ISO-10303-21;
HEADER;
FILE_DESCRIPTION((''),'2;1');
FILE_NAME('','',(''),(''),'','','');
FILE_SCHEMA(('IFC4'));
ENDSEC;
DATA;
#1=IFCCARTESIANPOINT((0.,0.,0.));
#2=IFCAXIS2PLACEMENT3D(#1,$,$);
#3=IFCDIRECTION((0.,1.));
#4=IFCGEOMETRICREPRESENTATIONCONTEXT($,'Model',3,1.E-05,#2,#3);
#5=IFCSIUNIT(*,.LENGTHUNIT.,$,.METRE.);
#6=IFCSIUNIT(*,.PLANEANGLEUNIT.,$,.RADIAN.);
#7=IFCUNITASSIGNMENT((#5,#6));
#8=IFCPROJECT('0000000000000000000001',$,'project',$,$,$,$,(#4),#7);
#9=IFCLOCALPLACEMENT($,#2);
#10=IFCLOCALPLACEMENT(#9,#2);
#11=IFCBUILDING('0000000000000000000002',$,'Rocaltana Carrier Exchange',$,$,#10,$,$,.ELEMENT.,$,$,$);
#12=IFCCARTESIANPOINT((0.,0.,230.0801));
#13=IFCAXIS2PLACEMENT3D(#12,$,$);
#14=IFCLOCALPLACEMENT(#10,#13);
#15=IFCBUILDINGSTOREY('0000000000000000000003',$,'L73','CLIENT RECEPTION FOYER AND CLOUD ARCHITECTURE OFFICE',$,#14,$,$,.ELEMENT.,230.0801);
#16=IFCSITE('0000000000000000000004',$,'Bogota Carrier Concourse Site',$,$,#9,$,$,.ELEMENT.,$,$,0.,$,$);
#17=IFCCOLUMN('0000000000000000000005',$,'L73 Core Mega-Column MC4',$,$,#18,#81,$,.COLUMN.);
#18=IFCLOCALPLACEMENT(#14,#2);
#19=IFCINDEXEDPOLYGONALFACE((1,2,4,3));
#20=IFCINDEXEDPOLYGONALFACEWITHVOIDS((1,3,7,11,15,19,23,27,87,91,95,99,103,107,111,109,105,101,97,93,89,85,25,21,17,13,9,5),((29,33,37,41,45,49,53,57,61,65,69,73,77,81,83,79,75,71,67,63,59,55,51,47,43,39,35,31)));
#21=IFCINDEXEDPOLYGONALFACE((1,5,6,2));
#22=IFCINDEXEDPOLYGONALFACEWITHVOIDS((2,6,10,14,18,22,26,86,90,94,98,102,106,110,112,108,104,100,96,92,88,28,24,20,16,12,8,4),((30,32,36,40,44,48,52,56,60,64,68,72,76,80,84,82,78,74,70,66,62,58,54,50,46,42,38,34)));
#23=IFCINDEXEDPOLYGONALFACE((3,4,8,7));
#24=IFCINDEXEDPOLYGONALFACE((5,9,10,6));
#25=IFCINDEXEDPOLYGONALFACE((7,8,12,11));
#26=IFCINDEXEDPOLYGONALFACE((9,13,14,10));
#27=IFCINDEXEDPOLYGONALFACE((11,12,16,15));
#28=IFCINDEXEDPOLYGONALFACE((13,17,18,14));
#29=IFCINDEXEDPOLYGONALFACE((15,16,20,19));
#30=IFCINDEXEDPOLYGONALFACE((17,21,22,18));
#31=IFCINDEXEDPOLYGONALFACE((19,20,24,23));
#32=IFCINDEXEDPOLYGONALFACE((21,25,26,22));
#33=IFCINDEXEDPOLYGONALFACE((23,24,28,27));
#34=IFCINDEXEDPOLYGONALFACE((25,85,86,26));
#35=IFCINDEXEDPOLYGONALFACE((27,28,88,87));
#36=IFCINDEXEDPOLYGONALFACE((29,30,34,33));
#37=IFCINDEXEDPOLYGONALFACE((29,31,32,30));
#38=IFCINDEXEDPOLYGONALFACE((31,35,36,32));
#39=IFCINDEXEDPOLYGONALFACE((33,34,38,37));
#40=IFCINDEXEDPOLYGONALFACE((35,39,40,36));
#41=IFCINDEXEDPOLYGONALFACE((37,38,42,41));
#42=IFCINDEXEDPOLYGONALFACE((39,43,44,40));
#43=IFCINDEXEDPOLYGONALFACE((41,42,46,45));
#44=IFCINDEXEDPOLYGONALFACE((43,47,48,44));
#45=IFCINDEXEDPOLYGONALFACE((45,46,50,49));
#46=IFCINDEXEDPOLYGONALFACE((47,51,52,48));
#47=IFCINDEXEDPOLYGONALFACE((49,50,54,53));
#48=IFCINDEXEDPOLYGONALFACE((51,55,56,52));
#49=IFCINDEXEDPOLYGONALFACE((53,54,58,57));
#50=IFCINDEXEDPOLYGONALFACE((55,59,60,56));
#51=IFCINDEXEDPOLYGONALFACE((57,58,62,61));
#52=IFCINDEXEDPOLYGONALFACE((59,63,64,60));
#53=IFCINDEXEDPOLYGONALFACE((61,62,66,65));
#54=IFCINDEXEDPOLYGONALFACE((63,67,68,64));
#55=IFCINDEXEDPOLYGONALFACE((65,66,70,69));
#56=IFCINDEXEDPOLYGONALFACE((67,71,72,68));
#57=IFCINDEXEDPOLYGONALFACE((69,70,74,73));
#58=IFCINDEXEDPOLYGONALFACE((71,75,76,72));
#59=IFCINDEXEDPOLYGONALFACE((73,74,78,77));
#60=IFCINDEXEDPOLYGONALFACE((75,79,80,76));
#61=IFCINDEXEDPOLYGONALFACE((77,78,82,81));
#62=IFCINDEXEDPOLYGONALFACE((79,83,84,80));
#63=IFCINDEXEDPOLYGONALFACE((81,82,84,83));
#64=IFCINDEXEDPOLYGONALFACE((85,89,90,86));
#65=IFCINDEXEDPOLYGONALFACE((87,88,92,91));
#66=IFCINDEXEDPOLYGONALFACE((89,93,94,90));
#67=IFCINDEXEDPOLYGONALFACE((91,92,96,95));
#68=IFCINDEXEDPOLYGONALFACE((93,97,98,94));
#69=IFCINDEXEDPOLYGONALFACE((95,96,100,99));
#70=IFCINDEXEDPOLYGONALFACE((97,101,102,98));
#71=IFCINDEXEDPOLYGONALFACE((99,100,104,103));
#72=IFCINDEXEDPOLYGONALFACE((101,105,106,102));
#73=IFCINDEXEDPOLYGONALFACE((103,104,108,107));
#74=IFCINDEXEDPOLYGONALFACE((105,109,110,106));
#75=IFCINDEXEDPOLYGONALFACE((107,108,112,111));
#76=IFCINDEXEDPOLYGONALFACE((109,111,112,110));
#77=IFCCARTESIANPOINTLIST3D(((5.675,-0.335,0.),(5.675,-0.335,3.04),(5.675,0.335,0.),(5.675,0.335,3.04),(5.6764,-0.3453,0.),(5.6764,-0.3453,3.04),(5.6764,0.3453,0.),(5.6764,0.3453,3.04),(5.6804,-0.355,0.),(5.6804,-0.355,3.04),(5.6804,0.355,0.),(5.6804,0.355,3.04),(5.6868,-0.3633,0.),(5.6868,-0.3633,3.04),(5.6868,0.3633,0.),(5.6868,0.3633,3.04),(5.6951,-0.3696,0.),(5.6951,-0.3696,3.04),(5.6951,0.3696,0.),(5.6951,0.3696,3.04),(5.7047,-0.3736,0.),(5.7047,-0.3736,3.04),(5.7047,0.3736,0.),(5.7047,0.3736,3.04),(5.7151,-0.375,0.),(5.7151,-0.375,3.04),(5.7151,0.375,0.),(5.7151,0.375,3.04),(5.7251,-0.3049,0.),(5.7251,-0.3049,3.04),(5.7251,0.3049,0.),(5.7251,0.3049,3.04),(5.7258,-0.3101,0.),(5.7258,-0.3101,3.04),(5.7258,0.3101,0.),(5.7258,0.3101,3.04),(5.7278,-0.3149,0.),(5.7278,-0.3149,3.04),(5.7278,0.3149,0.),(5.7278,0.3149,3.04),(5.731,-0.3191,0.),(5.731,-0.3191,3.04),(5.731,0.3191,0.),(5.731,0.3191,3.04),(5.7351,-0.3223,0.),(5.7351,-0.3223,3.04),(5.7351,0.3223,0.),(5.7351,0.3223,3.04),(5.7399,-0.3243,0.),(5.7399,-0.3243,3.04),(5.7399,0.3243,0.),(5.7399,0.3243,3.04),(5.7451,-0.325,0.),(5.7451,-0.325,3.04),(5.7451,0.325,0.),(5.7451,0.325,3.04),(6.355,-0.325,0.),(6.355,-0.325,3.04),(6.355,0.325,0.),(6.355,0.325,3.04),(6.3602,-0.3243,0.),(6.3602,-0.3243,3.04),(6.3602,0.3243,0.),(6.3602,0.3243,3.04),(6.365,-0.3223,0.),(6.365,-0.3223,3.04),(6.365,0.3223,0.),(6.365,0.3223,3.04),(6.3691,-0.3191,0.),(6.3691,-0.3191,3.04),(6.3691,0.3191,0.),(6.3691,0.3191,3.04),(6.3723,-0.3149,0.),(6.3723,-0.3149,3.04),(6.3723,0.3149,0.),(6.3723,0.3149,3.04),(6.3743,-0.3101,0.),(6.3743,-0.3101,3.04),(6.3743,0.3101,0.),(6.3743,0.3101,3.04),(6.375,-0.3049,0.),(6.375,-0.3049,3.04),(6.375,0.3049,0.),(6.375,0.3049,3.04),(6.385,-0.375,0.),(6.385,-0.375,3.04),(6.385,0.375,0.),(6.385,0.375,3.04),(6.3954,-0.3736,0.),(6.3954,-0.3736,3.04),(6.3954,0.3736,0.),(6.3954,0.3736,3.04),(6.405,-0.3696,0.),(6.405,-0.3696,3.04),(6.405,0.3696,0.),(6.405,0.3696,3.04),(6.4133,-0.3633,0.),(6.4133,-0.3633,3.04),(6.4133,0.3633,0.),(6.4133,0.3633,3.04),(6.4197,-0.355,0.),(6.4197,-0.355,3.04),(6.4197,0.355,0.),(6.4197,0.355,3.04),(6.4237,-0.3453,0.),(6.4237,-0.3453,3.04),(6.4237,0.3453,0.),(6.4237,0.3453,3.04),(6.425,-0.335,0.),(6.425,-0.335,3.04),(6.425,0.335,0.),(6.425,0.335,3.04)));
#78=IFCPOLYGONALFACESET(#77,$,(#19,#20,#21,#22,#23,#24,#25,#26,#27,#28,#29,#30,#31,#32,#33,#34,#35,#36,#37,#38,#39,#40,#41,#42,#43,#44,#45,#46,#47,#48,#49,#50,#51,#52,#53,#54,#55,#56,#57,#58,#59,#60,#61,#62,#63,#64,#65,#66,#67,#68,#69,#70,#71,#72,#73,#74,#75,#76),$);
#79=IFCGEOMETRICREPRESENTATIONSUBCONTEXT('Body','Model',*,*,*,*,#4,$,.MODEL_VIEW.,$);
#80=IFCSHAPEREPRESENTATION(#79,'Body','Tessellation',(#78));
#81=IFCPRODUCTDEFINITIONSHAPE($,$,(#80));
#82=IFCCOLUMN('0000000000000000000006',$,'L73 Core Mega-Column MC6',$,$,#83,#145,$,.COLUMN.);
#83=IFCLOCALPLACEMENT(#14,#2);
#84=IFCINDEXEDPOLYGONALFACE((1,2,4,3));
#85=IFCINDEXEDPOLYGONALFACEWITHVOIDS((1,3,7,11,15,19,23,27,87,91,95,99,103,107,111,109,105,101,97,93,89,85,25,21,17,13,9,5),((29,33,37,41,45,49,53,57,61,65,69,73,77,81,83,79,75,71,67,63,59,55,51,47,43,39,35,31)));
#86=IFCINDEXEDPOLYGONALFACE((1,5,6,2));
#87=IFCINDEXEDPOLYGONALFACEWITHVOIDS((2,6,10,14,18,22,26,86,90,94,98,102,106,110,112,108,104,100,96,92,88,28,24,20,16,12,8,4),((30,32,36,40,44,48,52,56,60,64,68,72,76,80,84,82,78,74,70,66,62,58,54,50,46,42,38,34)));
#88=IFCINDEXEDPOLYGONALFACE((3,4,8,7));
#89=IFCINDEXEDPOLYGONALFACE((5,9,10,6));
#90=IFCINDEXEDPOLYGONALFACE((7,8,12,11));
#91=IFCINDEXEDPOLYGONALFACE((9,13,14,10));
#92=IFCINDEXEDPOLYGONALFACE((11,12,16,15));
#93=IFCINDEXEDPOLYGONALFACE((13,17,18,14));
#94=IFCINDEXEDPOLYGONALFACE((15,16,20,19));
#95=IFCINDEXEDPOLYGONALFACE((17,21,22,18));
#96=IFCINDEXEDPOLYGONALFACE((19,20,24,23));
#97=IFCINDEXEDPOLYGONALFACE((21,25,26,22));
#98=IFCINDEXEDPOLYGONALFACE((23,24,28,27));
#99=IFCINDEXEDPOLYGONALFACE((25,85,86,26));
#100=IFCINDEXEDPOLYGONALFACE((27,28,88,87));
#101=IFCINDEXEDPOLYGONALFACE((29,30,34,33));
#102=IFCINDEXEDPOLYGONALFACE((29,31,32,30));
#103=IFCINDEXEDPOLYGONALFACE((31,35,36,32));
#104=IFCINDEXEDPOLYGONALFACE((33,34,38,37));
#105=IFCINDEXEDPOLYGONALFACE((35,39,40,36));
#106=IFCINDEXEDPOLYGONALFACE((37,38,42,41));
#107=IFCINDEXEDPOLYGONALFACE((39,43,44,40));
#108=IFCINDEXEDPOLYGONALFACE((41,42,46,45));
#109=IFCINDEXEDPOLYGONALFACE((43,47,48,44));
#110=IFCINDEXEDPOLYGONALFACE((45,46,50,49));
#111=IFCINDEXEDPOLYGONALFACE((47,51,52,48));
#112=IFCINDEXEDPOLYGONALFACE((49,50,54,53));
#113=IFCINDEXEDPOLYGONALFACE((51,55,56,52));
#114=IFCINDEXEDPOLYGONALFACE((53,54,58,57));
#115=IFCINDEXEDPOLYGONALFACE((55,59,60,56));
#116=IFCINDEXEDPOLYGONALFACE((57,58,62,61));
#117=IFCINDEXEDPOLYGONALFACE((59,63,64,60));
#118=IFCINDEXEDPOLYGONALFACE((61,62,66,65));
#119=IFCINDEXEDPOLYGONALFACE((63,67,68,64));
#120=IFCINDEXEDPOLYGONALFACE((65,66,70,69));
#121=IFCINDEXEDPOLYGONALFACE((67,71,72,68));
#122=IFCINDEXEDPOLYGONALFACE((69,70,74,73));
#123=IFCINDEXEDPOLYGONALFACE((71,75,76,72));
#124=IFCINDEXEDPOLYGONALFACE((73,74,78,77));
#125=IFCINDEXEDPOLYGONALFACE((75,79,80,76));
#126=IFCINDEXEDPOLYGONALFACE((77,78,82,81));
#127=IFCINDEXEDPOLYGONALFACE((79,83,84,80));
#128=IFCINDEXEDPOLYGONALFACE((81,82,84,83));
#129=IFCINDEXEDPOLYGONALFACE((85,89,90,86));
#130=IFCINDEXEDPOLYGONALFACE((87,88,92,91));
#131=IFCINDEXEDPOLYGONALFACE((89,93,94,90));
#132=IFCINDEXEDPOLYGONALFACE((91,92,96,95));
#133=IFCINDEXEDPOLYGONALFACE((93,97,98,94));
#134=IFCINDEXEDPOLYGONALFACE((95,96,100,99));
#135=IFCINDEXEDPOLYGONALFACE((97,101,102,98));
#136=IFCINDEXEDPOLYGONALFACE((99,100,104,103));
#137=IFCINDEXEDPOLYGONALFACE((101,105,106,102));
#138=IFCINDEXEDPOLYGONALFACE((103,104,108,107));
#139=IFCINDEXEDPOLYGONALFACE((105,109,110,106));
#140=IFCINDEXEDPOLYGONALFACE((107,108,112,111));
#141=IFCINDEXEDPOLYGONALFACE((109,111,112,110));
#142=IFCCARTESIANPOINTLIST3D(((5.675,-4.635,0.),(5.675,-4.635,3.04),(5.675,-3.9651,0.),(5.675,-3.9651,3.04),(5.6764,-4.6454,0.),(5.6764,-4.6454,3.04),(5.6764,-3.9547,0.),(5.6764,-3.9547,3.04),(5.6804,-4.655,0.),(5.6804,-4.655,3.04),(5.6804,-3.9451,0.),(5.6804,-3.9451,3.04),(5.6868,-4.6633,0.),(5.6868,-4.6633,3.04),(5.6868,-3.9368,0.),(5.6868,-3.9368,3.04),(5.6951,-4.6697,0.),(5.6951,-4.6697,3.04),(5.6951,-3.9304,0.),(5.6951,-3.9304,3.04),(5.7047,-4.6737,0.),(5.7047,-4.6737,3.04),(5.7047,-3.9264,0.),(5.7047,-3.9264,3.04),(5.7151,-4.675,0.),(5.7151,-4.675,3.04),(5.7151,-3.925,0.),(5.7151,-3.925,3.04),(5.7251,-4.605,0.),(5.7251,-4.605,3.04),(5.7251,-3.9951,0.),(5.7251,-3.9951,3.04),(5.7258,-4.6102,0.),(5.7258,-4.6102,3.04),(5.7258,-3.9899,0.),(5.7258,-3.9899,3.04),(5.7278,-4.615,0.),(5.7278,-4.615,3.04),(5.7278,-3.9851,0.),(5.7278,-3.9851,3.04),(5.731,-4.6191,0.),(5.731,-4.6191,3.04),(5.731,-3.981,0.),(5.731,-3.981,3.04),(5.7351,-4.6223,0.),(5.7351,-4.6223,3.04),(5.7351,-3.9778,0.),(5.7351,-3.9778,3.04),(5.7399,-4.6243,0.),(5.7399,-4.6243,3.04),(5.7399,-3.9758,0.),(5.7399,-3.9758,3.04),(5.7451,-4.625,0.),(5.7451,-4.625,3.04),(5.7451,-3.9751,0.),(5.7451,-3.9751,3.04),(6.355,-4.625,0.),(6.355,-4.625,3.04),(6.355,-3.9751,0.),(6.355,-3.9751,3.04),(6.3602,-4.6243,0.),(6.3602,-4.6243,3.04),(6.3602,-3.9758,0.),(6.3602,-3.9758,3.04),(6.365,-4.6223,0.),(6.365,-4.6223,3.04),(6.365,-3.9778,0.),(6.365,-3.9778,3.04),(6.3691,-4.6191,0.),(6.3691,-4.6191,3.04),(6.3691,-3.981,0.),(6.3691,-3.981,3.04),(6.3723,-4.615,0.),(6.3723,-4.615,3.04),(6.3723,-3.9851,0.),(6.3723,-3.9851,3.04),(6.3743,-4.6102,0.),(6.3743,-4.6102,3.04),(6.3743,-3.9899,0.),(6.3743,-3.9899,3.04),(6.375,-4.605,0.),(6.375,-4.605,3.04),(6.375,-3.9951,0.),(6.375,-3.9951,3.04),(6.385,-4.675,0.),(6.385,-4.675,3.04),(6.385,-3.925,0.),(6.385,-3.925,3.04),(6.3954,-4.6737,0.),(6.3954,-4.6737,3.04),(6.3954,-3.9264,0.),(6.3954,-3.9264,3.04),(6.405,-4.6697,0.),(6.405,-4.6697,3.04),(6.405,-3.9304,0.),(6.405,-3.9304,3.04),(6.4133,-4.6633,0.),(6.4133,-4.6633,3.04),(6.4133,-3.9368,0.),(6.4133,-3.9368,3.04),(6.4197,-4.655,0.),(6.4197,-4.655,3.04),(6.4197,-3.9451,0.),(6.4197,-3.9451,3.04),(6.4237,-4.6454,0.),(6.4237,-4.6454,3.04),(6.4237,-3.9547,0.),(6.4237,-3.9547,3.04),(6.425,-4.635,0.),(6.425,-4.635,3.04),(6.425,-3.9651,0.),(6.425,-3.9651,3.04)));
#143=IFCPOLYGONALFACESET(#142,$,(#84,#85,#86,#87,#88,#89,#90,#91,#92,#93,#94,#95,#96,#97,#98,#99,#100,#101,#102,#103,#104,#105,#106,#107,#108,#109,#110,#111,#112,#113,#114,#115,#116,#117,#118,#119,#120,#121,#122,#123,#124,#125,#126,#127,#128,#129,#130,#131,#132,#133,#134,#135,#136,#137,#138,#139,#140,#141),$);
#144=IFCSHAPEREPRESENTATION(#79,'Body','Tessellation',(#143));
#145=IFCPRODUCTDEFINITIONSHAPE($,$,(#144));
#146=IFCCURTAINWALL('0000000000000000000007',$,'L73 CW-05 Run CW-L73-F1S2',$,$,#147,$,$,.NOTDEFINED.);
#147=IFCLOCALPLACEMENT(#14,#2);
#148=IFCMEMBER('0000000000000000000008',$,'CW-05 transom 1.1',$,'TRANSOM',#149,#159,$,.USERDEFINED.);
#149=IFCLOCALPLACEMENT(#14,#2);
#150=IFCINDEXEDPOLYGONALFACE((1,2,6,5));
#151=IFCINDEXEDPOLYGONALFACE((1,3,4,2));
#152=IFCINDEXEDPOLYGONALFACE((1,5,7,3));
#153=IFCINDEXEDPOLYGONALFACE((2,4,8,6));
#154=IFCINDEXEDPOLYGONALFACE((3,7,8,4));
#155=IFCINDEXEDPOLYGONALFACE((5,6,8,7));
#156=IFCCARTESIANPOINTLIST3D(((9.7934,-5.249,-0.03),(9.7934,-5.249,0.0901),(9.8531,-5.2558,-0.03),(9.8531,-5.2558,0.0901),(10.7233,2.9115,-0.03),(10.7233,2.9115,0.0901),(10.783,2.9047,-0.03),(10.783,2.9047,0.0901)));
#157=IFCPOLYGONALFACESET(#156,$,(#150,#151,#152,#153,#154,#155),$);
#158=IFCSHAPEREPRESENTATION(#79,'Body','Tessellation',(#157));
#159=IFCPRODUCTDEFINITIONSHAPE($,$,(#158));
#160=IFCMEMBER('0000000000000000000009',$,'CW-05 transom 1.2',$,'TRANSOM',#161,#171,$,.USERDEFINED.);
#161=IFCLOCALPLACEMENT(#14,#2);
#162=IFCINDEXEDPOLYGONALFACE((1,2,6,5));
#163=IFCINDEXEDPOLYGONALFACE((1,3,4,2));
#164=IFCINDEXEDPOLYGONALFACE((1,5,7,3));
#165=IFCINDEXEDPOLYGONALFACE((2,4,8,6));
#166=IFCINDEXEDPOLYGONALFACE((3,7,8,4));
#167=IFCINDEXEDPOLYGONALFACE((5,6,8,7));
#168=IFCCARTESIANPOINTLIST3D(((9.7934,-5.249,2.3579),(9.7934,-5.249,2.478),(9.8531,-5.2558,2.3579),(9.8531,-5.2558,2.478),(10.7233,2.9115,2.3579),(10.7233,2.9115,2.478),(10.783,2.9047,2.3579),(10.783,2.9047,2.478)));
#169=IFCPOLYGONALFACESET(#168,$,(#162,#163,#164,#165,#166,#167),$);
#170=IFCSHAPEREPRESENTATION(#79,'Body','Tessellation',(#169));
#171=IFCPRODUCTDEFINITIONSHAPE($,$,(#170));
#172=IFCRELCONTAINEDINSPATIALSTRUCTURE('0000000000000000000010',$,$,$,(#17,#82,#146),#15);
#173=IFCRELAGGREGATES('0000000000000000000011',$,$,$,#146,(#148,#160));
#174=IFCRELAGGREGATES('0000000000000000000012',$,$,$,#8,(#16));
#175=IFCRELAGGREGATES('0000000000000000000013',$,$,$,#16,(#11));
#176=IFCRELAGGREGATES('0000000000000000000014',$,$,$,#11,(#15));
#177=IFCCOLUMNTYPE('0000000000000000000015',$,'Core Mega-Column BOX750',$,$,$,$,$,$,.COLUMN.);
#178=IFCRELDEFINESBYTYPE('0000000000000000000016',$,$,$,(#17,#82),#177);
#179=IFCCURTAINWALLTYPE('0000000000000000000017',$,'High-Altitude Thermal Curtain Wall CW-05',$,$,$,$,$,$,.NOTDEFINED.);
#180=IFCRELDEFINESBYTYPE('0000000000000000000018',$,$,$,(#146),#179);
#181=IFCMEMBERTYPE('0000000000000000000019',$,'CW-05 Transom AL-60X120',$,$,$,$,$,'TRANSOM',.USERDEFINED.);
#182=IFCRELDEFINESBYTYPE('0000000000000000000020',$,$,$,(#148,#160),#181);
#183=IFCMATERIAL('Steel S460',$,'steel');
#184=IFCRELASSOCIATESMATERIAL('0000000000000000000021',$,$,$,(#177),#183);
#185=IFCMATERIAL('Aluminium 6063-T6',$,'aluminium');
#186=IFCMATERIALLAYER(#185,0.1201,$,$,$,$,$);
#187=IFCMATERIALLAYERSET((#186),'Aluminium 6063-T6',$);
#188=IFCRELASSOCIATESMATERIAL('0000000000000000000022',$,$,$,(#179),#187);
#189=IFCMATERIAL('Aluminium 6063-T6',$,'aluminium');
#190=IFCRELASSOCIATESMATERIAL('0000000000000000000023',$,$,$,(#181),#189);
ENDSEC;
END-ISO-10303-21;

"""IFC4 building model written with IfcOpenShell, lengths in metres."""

from ifc_helpers import new_model, si_unit, direction, frame, origin, origin_2d, place, context, subcontext, project, spatial, rectangle, hollow_rectangle, extrude, material, layer, layer_set, material_profile, profile_set, type_object, element, aggregate, save


model = new_model("IFC4")

# Units and contexts
model_context = context("Model", 3, precision=1e-05, world=origin(), true_north=direction((0.0, 1.0)))
body_context = subcontext(model_context, "Body", "Model", "MODEL_VIEW")
ifc_project = project(units=[si_unit("LENGTHUNIT", "METRE"), si_unit("PLANEANGLEUNIT", "RADIAN")], contexts=[model_context])

# Site, building, storey
site_placement = place(None, origin())
site = spatial("IfcSite", under=ifc_project, at=site_placement, Name="Bogota Carrier Concourse Site", CompositionType="ELEMENT", RefElevation=0.0)
building_placement = place(site_placement, origin())
building = spatial("IfcBuilding", under=site, at=building_placement, Name="Rocaltana Carrier Exchange", CompositionType="ELEMENT")
storey_placement = place(building_placement, frame((0.0, 0.0, 230.0801)))
storey = spatial("IfcBuildingStorey", under=building, at=storey_placement, Name="L73", Description="CLIENT RECEPTION FOYER AND CLOUD ARCHITECTURE OFFICE", CompositionType="ELEMENT", Elevation=230.0801)

# Columns
ifc_material_1 = material(Name="Steel S460", Category="steel")
ifc_material_profile_1 = material_profile(ifc_material_1, hollow_rectangle(XDim=0.75, YDim=0.75, WallThickness=0.05, InnerFilletRadius=0.02, OuterFilletRadius=0.04, at=origin_2d()), Name="BOX750X750X50")
ifc_profile_set_1 = profile_set([ifc_material_profile_1], Name="Steel S460")
column_type = type_object("IfcColumnType", Name="Core Mega-Column BOX750", PredefinedType="COLUMN", material=ifc_profile_set_1)
for number, where, z_axis, x_axis, name in (
    (1, (6.05, 0.0, 0.0), (0.0, 0.0, 1.0), (1.0, 0.0, 0.0), "L73 Core Mega-Column MC4"),
    (2, (6.05, -4.3, 0.0), (0.0, 0.0, 1.0), (1.0, 0.0, 0.0), "L73 Core Mega-Column MC6"),
):
    element("IfcColumn", number, at=place(storey_placement, frame(where, z_axis=z_axis, x_axis=x_axis)), inside=storey, type_object=column_type, Name=name, PredefinedType="COLUMN", context=body_context, shape_type="SweptSolid", body=[
        extrude(hollow_rectangle(XDim=0.75, YDim=0.75, WallThickness=0.05, InnerFilletRadius=0.02, OuterFilletRadius=0.04, at=origin_2d()), origin(), (0.0, 0.0, 1.0), 3.04),
    ])

# Curtain wall, members
ifc_material_2 = material(Name="Aluminium 6063-T6", Category="aluminium")
ifc_layer_1 = layer(ifc_material_2, 0.1201)
ifc_layer_set_1 = layer_set([ifc_layer_1], Name="Aluminium 6063-T6")
curtain_wall_type = type_object("IfcCurtainWallType", Name="High-Altitude Thermal Curtain Wall CW-05", PredefinedType="NOTDEFINED", material=ifc_layer_set_1)
curtain_wall_placement = place(storey_placement, origin())
curtain_wall = element("IfcCurtainWall", 3, at=curtain_wall_placement, inside=storey, type_object=curtain_wall_type, Name="L73 CW-05 Run CW-L73-F1S2", PredefinedType="NOTDEFINED")
ifc_material_3 = material(Name="Aluminium 6063-T6", Category="aluminium")
ifc_material_profile_2 = material_profile(ifc_material_3, rectangle(XDim=0.0601, YDim=0.1201, at=origin_2d()), Name="AL-60X120")
ifc_profile_set_2 = profile_set([ifc_material_profile_2], Name="Aluminium 6063-T6")
member_type = type_object("IfcMemberType", Name="CW-05 Transom AL-60X120", ElementType="TRANSOM", PredefinedType="USERDEFINED", material=ifc_profile_set_2)
member_1_placement = place(storey_placement, frame((9.8232, -5.2524, 0.03), z_axis=(0.11322, 0.99357, 0.0), x_axis=(-0.99357, 0.11322, 0.0)))
member_1 = element("IfcMember", 4, at=member_1_placement, type_object=member_type, Name="CW-05 transom 1.1", ObjectType="TRANSOM", PredefinedType="USERDEFINED", context=body_context, shape_type="SweptSolid", body=[
    extrude(rectangle(XDim=0.0601, YDim=0.1201, at=origin_2d()), origin(), (0.0, 0.0, 1.0), 8.2134),
])
member_2_placement = place(storey_placement, frame((9.8232, -5.2524, 2.418), z_axis=(0.11322, 0.99357, 0.0), x_axis=(-0.99357, 0.11322, 0.0)))
member_2 = element("IfcMember", 5, at=member_2_placement, type_object=member_type, Name="CW-05 transom 1.2", ObjectType="TRANSOM", PredefinedType="USERDEFINED", context=body_context, shape_type="SweptSolid", body=[
    extrude(rectangle(XDim=0.0601, YDim=0.1201, at=origin_2d()), origin(), (0.0, 0.0, 1.0), 8.2134),
])

aggregate(curtain_wall, [member_1, member_2])

save(model, "model.ifc")
